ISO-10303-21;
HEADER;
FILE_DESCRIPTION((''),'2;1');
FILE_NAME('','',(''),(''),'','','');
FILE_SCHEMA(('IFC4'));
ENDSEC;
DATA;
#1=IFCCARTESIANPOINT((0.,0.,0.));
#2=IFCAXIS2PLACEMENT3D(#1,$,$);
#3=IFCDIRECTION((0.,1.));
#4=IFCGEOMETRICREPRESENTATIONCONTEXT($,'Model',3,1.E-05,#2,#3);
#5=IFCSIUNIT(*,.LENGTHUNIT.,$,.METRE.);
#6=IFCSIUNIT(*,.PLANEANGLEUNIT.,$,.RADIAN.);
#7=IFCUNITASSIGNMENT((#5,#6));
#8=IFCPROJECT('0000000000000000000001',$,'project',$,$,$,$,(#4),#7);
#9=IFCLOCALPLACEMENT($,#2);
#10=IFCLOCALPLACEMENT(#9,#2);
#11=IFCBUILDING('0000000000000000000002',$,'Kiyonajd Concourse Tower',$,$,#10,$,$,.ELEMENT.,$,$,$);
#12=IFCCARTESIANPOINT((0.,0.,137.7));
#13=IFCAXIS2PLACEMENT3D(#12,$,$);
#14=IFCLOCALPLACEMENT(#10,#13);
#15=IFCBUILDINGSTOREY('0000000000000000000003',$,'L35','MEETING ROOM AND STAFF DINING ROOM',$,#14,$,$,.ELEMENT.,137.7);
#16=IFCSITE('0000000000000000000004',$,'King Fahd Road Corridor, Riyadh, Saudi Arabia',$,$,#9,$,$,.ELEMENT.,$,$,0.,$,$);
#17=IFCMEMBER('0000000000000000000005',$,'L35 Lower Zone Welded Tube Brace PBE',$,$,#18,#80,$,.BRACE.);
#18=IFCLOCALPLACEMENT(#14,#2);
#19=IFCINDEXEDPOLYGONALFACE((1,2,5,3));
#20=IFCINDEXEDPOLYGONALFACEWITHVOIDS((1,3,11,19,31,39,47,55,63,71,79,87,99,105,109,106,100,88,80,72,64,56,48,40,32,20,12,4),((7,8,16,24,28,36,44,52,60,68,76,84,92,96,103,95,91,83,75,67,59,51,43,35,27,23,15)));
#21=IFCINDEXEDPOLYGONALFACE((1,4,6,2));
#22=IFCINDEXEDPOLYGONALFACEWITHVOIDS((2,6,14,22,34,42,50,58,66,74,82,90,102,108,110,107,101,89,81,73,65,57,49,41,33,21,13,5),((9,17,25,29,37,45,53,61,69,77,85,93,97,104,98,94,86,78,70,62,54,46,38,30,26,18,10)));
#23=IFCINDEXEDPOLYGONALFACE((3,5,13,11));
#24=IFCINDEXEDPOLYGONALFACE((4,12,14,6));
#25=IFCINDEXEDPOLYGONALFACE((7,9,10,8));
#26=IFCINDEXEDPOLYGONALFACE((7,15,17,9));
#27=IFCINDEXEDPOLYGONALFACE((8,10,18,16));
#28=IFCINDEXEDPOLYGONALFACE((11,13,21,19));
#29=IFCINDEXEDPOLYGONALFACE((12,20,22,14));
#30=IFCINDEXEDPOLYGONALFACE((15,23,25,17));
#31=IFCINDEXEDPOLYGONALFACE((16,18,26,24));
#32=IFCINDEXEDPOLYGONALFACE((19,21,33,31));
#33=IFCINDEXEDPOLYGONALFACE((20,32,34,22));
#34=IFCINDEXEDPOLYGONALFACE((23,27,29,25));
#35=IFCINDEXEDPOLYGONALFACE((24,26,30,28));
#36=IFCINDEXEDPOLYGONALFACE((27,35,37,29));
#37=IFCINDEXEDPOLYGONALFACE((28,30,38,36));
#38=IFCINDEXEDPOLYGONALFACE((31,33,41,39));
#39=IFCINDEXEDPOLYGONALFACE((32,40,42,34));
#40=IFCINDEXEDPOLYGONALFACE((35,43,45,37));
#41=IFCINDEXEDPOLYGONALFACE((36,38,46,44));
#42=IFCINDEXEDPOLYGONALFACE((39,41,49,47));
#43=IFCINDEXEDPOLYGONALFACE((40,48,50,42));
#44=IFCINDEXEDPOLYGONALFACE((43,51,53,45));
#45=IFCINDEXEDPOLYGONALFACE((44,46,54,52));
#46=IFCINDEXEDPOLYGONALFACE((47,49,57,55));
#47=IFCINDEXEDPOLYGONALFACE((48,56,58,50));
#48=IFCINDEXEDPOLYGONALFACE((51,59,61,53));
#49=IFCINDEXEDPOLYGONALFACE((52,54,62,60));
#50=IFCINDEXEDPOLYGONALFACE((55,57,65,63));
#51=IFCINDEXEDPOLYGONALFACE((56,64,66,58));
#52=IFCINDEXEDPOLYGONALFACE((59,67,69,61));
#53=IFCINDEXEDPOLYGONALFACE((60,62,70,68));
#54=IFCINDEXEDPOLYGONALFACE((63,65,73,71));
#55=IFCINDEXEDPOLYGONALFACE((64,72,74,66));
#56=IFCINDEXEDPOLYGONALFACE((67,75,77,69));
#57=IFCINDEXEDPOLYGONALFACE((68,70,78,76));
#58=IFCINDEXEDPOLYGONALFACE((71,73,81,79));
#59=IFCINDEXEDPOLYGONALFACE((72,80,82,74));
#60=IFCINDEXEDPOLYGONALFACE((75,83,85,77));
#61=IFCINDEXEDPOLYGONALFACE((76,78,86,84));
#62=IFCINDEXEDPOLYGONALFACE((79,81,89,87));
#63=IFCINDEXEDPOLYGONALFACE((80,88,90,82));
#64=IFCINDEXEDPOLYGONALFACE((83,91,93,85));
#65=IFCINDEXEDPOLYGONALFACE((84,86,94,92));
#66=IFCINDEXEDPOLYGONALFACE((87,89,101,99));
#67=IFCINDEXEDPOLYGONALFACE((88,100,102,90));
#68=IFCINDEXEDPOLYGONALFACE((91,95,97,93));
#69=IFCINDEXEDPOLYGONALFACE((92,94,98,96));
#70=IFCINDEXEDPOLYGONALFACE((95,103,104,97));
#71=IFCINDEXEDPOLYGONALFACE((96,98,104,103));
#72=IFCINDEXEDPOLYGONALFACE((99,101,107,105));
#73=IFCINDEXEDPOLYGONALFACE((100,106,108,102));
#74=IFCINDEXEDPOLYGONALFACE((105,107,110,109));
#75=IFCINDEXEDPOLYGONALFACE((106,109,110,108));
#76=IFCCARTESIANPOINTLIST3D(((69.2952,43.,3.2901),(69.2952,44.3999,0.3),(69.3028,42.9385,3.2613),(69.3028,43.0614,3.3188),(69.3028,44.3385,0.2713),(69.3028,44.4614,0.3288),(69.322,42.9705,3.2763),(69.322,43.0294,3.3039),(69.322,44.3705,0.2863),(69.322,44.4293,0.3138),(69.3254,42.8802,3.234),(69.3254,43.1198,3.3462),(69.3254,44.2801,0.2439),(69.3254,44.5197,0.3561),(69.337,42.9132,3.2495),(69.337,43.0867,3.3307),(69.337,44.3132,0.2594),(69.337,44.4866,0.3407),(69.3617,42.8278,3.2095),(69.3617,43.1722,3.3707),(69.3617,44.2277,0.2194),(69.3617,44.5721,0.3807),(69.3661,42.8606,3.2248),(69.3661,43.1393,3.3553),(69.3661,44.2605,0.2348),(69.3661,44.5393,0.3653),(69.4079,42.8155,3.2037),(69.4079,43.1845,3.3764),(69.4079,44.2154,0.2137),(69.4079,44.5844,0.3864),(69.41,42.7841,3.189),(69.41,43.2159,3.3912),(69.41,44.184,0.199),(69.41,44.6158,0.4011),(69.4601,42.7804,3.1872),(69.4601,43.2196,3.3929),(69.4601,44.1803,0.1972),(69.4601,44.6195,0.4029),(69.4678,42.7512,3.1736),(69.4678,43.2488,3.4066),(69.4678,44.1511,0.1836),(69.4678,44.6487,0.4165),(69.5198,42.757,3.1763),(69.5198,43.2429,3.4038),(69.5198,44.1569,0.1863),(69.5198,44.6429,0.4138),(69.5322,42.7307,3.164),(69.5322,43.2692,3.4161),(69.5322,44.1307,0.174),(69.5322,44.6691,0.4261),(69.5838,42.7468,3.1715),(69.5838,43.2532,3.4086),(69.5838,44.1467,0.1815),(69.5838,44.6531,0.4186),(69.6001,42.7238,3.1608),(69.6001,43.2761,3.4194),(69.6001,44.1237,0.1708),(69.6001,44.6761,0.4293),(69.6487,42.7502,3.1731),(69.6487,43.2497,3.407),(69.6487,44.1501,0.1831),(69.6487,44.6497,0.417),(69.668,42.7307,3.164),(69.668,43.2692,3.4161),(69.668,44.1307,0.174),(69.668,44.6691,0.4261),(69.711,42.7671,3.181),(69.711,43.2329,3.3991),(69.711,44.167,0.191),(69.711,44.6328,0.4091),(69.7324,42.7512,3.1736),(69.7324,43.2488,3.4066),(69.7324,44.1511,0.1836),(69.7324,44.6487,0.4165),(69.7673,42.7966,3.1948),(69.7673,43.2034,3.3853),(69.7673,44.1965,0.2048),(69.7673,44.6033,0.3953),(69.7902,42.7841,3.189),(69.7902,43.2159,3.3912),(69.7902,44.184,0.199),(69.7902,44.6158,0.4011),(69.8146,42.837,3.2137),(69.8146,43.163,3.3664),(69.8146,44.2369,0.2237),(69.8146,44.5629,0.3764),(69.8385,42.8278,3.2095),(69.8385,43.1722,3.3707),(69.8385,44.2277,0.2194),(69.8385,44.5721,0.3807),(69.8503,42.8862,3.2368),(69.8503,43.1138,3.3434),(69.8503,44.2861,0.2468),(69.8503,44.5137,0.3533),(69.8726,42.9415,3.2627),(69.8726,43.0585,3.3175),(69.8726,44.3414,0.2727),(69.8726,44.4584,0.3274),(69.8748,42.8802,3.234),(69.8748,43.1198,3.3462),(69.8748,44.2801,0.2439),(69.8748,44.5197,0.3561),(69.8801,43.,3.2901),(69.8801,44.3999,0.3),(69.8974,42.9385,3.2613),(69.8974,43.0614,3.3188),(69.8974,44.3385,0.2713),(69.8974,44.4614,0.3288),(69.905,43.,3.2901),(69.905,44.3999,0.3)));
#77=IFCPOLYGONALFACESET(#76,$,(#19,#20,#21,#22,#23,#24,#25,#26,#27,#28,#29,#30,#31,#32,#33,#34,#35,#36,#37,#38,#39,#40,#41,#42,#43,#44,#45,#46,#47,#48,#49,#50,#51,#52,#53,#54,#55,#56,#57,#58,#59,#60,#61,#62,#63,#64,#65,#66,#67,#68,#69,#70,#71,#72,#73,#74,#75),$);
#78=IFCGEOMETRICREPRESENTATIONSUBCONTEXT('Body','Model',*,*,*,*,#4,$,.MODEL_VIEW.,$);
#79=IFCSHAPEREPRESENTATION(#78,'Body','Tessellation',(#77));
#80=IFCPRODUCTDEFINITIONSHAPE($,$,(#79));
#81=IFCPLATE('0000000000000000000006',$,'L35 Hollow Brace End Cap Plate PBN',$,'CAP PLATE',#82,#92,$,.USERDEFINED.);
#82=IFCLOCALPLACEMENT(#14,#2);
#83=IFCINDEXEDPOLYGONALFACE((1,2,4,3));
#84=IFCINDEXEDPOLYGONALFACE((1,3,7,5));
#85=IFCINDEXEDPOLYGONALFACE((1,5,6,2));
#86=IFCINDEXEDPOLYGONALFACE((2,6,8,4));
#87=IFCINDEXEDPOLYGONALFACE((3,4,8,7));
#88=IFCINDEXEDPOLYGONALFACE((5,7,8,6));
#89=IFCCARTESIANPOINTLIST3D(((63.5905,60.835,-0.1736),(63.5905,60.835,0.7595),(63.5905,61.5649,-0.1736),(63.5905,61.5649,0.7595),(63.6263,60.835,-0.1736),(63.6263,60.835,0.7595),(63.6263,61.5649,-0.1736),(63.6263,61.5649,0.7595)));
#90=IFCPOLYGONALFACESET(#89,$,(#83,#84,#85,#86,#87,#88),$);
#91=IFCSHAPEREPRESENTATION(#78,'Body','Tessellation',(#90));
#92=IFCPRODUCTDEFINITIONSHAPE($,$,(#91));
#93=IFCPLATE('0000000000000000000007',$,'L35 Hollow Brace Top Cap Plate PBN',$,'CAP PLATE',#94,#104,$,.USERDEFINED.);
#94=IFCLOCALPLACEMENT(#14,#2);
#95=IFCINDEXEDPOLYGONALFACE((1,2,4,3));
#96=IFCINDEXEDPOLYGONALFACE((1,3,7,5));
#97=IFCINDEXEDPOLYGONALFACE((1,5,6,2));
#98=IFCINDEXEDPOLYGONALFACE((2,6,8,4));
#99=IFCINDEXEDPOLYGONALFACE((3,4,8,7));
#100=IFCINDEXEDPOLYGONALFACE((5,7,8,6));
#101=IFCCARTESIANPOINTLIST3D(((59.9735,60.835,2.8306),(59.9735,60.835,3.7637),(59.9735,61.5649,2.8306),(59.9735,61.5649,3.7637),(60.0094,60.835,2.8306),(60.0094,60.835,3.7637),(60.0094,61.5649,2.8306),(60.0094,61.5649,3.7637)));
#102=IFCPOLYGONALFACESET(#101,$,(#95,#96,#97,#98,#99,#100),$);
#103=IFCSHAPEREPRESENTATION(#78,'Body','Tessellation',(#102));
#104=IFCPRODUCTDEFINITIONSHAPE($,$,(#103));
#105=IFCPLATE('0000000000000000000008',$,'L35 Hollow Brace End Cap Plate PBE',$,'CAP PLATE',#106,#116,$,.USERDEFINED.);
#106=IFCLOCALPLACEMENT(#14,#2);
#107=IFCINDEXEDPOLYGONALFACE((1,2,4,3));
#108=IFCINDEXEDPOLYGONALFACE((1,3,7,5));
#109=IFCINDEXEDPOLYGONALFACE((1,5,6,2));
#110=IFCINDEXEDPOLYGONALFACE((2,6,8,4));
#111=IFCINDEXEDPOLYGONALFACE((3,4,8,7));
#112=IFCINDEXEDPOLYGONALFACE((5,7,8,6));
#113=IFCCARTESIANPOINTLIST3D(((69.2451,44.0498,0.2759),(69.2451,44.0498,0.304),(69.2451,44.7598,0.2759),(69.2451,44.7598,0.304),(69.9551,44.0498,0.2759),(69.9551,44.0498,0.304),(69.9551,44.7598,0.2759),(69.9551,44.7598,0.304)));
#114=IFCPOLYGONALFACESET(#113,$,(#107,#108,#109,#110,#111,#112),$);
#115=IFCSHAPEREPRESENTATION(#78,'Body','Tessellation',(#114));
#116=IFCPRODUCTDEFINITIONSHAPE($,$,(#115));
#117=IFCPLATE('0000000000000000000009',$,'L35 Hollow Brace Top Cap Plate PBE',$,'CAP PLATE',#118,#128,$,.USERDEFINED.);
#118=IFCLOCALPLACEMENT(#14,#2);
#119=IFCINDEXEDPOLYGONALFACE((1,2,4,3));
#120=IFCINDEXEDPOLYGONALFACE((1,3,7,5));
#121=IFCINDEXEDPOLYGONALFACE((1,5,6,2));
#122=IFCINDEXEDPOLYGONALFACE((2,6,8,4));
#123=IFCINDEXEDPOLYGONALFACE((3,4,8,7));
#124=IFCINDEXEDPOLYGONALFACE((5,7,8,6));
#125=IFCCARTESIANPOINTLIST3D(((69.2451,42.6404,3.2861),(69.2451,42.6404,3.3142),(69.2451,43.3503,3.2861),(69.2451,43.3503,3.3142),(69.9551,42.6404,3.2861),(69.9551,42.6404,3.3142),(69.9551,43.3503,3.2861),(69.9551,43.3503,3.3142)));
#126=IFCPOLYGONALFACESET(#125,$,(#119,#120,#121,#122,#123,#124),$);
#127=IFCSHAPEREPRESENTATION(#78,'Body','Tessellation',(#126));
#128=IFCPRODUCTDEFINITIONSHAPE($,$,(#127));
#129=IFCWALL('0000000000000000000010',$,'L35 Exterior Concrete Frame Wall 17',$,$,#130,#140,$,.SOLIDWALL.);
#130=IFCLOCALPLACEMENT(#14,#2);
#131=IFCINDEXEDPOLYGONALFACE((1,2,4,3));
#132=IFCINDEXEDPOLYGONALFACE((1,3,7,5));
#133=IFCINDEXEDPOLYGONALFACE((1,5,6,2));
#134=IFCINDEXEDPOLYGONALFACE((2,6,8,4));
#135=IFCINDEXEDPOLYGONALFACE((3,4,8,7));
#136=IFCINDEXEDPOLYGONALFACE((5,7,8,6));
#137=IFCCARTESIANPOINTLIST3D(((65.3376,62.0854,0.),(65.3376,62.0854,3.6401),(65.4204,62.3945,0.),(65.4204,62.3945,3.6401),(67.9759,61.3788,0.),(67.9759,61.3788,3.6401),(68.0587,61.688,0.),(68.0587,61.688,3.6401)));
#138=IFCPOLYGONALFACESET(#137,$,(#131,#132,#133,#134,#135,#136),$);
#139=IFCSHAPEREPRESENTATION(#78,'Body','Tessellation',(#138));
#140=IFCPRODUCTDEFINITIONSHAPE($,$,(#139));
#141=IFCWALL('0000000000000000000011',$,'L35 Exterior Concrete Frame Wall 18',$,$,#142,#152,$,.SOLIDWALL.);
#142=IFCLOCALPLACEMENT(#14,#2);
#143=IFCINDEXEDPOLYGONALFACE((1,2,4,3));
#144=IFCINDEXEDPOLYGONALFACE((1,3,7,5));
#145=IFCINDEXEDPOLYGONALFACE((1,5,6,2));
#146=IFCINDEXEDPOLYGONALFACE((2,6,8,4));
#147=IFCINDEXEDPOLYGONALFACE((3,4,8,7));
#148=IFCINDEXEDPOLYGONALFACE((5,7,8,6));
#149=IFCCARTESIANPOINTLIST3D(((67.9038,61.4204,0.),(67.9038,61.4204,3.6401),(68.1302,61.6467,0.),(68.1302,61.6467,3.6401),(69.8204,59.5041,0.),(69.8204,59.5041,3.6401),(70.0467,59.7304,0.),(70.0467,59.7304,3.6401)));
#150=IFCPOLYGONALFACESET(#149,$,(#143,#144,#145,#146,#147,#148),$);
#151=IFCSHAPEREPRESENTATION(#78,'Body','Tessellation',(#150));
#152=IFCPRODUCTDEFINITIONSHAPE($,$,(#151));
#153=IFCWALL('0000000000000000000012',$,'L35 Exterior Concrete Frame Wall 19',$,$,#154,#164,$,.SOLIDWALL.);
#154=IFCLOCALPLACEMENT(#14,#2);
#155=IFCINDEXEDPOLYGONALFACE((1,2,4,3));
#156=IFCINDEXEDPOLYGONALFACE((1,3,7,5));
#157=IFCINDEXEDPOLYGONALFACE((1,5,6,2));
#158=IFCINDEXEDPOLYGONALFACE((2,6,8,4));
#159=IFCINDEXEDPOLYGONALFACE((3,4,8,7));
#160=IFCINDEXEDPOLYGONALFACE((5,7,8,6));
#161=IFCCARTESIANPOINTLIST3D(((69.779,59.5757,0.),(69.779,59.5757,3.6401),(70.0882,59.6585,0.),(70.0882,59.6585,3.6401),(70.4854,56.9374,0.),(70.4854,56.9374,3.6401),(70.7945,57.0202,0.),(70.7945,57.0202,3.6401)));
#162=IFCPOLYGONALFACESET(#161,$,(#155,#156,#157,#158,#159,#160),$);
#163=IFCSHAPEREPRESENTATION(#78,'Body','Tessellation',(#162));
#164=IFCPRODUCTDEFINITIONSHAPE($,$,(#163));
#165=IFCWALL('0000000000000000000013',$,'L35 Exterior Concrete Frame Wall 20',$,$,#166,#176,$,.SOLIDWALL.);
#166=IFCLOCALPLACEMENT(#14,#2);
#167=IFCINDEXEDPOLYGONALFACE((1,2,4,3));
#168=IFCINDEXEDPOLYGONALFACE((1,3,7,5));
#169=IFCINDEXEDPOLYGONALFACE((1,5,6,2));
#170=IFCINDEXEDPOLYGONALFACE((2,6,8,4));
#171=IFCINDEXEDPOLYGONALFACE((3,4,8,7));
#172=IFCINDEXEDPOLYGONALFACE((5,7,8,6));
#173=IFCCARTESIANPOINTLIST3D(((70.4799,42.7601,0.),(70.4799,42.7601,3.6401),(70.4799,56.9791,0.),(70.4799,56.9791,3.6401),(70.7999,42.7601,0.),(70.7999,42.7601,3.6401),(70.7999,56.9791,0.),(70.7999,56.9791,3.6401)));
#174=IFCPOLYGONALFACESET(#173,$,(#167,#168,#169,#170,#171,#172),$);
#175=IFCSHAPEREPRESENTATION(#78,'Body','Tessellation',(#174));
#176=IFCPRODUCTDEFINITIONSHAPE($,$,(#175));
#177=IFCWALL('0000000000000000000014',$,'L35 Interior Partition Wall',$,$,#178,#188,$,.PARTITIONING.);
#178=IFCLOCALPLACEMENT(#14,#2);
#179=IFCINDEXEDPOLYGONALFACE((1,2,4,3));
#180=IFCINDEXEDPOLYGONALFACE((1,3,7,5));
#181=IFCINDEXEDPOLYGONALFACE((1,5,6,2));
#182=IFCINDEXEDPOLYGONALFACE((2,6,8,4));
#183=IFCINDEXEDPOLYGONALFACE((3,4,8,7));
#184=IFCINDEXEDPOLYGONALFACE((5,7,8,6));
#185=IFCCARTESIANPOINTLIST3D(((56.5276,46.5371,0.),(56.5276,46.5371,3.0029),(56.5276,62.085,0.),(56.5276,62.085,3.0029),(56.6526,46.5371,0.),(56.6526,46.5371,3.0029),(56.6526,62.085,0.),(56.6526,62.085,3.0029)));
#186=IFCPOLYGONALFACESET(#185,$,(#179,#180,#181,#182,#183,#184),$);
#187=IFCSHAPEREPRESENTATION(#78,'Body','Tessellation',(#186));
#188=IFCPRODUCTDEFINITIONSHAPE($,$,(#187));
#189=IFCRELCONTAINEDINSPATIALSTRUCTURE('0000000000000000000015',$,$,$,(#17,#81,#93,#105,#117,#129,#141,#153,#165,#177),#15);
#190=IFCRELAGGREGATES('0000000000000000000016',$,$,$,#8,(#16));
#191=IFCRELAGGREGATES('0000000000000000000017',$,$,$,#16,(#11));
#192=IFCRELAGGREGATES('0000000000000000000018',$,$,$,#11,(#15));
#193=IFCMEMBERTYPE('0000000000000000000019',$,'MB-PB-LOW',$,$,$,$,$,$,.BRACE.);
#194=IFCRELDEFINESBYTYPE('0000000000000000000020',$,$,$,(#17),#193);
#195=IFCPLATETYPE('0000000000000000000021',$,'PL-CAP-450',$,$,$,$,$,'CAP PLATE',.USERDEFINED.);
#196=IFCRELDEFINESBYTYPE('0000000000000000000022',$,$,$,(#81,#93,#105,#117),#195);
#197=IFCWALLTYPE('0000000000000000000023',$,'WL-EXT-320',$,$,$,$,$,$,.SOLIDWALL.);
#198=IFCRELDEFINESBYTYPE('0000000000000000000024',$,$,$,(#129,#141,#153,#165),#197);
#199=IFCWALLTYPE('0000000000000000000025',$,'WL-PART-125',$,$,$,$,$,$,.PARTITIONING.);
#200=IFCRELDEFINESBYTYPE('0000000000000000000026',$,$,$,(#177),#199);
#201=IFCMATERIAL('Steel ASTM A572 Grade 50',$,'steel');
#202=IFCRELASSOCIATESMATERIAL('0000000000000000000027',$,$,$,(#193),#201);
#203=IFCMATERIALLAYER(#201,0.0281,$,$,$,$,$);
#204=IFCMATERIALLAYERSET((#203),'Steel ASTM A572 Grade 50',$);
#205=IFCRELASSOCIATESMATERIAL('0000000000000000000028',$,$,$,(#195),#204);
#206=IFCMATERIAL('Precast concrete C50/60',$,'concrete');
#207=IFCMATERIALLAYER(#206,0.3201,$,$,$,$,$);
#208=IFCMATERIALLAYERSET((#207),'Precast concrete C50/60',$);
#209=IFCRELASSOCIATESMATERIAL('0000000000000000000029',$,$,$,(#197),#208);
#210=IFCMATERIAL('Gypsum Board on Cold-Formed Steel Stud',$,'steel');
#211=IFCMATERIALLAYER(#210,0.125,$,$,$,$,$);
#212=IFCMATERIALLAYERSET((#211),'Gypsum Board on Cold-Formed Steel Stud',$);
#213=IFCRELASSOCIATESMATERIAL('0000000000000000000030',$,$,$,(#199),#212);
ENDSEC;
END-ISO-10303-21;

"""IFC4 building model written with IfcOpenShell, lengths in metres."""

from ifc_helpers import new_model, si_unit, direction, frame, frame_2d, origin, origin_2d, place, context, subcontext, project, spatial, rectangle, hollow_circle, extrude, material, layer, layer_set, material_profile, profile_set, type_object, element, save


model = new_model("IFC4")

# Units and contexts
model_context = context("Model", 3, precision=1e-05, world=origin(), true_north=direction((0.0, 1.0)))
body_context = subcontext(model_context, "Body", "Model", "MODEL_VIEW")
ifc_project = project(units=[si_unit("LENGTHUNIT", "METRE"), si_unit("PLANEANGLEUNIT", "RADIAN")], contexts=[model_context])

# Site, building, storey
site_placement = place(None, origin())
site = spatial("IfcSite", under=ifc_project, at=site_placement, Name="King Fahd Road Corridor, Riyadh, Saudi Arabia", CompositionType="ELEMENT", RefElevation=0.0)
building_placement = place(site_placement, origin())
building = spatial("IfcBuilding", under=site, at=building_placement, Name="Kiyonajd Concourse Tower", CompositionType="ELEMENT")
storey_placement = place(building_placement, frame((0.0, 0.0, 137.7)))
storey = spatial("IfcBuildingStorey", under=building, at=storey_placement, Name="L35", Description="MEETING ROOM AND STAFF DINING ROOM", CompositionType="ELEMENT", Elevation=137.7)

# Shared definitions
ifc_material_1 = material(Name="Precast concrete C50/60", Category="concrete")

# Member
ifc_material_2 = material(Name="Steel ASTM A572 Grade 50", Category="steel")
ifc_material_profile_1 = material_profile(ifc_material_2, hollow_circle(Radius=0.3049, WallThickness=0.0249, at=origin_2d()), Name="CHS-610x25")
ifc_profile_set_1 = profile_set([ifc_material_profile_1], Name="Steel ASTM A572 Grade 50")
member_type = type_object("IfcMemberType", Name="MB-PB-LOW", PredefinedType="BRACE", material=ifc_profile_set_1)
member_1_placement = place(storey_placement, frame((69.6001, 44.3999, 0.3), z_axis=(0.0, -0.424023, 0.905652), x_axis=(1.0, 0.0, 0.0)))
element("IfcMember", 1, at=member_1_placement, inside=storey, type_object=member_type, Name="L35 Lower Zone Welded Tube Brace PBE", PredefinedType="BRACE", context=body_context, shape_type="SweptSolid", body=[
    extrude(hollow_circle(Radius=0.3049, WallThickness=0.0249, at=origin_2d()), origin(), (0.0, 0.0, 1.0), 3.3015),
])

# Plates
ifc_layer_1 = layer(ifc_material_2, 0.0281)
ifc_layer_set_1 = layer_set([ifc_layer_1], Name="Steel ASTM A572 Grade 50")
plate_type = type_object("IfcPlateType", Name="PL-CAP-450", ElementType="CAP PLATE", PredefinedType="USERDEFINED", material=ifc_layer_set_1)
for number, where, z_axis, x_axis, name in (
    (2, (63.6084, 61.2, -0.1736), (0.0, 0.0, 1.0), (1.0, 0.0, 0.0), "L35 Hollow Brace End Cap Plate PBN"),
    (3, (59.9915, 61.2, 2.8306), (0.0, 0.0, 1.0), (-1.0, 0.0, 0.0), "L35 Hollow Brace Top Cap Plate PBN"),
):
    element("IfcPlate", number, at=place(storey_placement, frame(where, z_axis=z_axis, x_axis=x_axis)), inside=storey, type_object=plate_type, Name=name, ObjectType="CAP PLATE", PredefinedType="USERDEFINED", context=body_context, shape_type="SweptSolid", body=[
        extrude(rectangle(XDim=0.0359, YDim=0.73, at=origin_2d()), origin(), (0.0, 0.0, 1.0), 0.9331),
    ])
for number, where, z_axis, x_axis, name in (
    (4, (69.6001, 44.4048, 0.2759), (0.0, 0.0, 1.0), (1.0, 0.0, 0.0), "L35 Hollow Brace End Cap Plate PBE"),
    (5, (69.6001, 42.9954, 3.2861), (0.0, 0.0, 1.0), (1.0, 0.0, 0.0), "L35 Hollow Brace Top Cap Plate PBE"),
):
    element("IfcPlate", number, at=place(storey_placement, frame(where, z_axis=z_axis, x_axis=x_axis)), inside=storey, type_object=plate_type, Name=name, ObjectType="CAP PLATE", PredefinedType="USERDEFINED", context=body_context, shape_type="SweptSolid", body=[
        extrude(rectangle(XDim=0.71, YDim=0.71, at=origin_2d()), origin(), (0.0, 0.0, 1.0), 0.0281),
    ])

# Walls
ifc_layer_2 = layer(ifc_material_1, 0.3201)
ifc_layer_set_2 = layer_set([ifc_layer_2], Name="Precast concrete C50/60")
wall_type_1 = type_object("IfcWallType", Name="WL-EXT-320", PredefinedType="SOLIDWALL", material=ifc_layer_set_2)
wall_1_placement = place(storey_placement, frame((65.3789, 62.24, 0.0), z_axis=(0.0, 0.0, 1.0), x_axis=(0.965958, -0.258697, 0.0)))
element("IfcWall", 6, at=wall_1_placement, inside=storey, type_object=wall_type_1, Name="L35 Exterior Concrete Frame Wall 17", PredefinedType="SOLIDWALL", context=body_context, shape_type="SweptSolid", body=[
    extrude(rectangle(XDim=2.7312, YDim=0.3201, at=frame_2d((1.3657, 0.0))), origin(), (0.0, 0.0, 1.0), 3.6401),
])
wall_2_placement = place(storey_placement, frame((68.0171, 61.5334, 0.0), z_axis=(0.0, 0.0, 1.0), x_axis=(0.707152, -0.707062, 0.0)))
element("IfcWall", 7, at=wall_2_placement, inside=storey, type_object=wall_type_1, Name="L35 Exterior Concrete Frame Wall 18", PredefinedType="SOLIDWALL", context=body_context, shape_type="SweptSolid", body=[
    extrude(rectangle(XDim=2.7102, YDim=0.3201, at=frame_2d((1.355, 0.0))), origin(), (0.0, 0.0, 1.0), 3.6401),
])
wall_3_placement = place(storey_placement, frame((69.9336, 59.6172, 0.0), z_axis=(0.0, 0.0, 1.0), x_axis=(0.258614, -0.965981, 0.0)))
element("IfcWall", 8, at=wall_3_placement, inside=storey, type_object=wall_type_1, Name="L35 Exterior Concrete Frame Wall 19", PredefinedType="SOLIDWALL", context=body_context, shape_type="SweptSolid", body=[
    extrude(rectangle(XDim=2.7312, YDim=0.3201, at=frame_2d((1.3657, 0.0))), origin(), (0.0, 0.0, 1.0), 3.6401),
])
wall_4_placement = place(storey_placement, frame((70.6399, 56.979, 0.0), z_axis=(0.0, 0.0, 1.0), x_axis=(0.0, -1.0, 0.0)))
element("IfcWall", 9, at=wall_4_placement, inside=storey, type_object=wall_type_1, Name="L35 Exterior Concrete Frame Wall 20", PredefinedType="SOLIDWALL", context=body_context, shape_type="SweptSolid", body=[
    extrude(rectangle(XDim=14.219, YDim=0.3201, at=frame_2d((7.1094, 0.0))), origin(), (0.0, 0.0, 1.0), 3.6401),
])
ifc_material_3 = material(Name="Gypsum Board on Cold-Formed Steel Stud", Category="steel")
ifc_layer_3 = layer(ifc_material_3, 0.125)
ifc_layer_set_3 = layer_set([ifc_layer_3], Name="Gypsum Board on Cold-Formed Steel Stud")
wall_type_2 = type_object("IfcWallType", Name="WL-PART-125", PredefinedType="PARTITIONING", material=ifc_layer_set_3)
wall_5_placement = place(storey_placement, frame((56.5901, 46.5371, 0.0), z_axis=(0.0, 0.0, 1.0), x_axis=(0.0, 1.0, 0.0)))
element("IfcWall", 10, at=wall_5_placement, inside=storey, type_object=wall_type_2, Name="L35 Interior Partition Wall", PredefinedType="PARTITIONING", context=body_context, shape_type="SweptSolid", body=[
    extrude(rectangle(XDim=15.5479, YDim=0.125, at=frame_2d((7.7739, 0.0))), origin(), (0.0, 0.0, 1.0), 3.0029),
])

save(model, "model.ifc")
